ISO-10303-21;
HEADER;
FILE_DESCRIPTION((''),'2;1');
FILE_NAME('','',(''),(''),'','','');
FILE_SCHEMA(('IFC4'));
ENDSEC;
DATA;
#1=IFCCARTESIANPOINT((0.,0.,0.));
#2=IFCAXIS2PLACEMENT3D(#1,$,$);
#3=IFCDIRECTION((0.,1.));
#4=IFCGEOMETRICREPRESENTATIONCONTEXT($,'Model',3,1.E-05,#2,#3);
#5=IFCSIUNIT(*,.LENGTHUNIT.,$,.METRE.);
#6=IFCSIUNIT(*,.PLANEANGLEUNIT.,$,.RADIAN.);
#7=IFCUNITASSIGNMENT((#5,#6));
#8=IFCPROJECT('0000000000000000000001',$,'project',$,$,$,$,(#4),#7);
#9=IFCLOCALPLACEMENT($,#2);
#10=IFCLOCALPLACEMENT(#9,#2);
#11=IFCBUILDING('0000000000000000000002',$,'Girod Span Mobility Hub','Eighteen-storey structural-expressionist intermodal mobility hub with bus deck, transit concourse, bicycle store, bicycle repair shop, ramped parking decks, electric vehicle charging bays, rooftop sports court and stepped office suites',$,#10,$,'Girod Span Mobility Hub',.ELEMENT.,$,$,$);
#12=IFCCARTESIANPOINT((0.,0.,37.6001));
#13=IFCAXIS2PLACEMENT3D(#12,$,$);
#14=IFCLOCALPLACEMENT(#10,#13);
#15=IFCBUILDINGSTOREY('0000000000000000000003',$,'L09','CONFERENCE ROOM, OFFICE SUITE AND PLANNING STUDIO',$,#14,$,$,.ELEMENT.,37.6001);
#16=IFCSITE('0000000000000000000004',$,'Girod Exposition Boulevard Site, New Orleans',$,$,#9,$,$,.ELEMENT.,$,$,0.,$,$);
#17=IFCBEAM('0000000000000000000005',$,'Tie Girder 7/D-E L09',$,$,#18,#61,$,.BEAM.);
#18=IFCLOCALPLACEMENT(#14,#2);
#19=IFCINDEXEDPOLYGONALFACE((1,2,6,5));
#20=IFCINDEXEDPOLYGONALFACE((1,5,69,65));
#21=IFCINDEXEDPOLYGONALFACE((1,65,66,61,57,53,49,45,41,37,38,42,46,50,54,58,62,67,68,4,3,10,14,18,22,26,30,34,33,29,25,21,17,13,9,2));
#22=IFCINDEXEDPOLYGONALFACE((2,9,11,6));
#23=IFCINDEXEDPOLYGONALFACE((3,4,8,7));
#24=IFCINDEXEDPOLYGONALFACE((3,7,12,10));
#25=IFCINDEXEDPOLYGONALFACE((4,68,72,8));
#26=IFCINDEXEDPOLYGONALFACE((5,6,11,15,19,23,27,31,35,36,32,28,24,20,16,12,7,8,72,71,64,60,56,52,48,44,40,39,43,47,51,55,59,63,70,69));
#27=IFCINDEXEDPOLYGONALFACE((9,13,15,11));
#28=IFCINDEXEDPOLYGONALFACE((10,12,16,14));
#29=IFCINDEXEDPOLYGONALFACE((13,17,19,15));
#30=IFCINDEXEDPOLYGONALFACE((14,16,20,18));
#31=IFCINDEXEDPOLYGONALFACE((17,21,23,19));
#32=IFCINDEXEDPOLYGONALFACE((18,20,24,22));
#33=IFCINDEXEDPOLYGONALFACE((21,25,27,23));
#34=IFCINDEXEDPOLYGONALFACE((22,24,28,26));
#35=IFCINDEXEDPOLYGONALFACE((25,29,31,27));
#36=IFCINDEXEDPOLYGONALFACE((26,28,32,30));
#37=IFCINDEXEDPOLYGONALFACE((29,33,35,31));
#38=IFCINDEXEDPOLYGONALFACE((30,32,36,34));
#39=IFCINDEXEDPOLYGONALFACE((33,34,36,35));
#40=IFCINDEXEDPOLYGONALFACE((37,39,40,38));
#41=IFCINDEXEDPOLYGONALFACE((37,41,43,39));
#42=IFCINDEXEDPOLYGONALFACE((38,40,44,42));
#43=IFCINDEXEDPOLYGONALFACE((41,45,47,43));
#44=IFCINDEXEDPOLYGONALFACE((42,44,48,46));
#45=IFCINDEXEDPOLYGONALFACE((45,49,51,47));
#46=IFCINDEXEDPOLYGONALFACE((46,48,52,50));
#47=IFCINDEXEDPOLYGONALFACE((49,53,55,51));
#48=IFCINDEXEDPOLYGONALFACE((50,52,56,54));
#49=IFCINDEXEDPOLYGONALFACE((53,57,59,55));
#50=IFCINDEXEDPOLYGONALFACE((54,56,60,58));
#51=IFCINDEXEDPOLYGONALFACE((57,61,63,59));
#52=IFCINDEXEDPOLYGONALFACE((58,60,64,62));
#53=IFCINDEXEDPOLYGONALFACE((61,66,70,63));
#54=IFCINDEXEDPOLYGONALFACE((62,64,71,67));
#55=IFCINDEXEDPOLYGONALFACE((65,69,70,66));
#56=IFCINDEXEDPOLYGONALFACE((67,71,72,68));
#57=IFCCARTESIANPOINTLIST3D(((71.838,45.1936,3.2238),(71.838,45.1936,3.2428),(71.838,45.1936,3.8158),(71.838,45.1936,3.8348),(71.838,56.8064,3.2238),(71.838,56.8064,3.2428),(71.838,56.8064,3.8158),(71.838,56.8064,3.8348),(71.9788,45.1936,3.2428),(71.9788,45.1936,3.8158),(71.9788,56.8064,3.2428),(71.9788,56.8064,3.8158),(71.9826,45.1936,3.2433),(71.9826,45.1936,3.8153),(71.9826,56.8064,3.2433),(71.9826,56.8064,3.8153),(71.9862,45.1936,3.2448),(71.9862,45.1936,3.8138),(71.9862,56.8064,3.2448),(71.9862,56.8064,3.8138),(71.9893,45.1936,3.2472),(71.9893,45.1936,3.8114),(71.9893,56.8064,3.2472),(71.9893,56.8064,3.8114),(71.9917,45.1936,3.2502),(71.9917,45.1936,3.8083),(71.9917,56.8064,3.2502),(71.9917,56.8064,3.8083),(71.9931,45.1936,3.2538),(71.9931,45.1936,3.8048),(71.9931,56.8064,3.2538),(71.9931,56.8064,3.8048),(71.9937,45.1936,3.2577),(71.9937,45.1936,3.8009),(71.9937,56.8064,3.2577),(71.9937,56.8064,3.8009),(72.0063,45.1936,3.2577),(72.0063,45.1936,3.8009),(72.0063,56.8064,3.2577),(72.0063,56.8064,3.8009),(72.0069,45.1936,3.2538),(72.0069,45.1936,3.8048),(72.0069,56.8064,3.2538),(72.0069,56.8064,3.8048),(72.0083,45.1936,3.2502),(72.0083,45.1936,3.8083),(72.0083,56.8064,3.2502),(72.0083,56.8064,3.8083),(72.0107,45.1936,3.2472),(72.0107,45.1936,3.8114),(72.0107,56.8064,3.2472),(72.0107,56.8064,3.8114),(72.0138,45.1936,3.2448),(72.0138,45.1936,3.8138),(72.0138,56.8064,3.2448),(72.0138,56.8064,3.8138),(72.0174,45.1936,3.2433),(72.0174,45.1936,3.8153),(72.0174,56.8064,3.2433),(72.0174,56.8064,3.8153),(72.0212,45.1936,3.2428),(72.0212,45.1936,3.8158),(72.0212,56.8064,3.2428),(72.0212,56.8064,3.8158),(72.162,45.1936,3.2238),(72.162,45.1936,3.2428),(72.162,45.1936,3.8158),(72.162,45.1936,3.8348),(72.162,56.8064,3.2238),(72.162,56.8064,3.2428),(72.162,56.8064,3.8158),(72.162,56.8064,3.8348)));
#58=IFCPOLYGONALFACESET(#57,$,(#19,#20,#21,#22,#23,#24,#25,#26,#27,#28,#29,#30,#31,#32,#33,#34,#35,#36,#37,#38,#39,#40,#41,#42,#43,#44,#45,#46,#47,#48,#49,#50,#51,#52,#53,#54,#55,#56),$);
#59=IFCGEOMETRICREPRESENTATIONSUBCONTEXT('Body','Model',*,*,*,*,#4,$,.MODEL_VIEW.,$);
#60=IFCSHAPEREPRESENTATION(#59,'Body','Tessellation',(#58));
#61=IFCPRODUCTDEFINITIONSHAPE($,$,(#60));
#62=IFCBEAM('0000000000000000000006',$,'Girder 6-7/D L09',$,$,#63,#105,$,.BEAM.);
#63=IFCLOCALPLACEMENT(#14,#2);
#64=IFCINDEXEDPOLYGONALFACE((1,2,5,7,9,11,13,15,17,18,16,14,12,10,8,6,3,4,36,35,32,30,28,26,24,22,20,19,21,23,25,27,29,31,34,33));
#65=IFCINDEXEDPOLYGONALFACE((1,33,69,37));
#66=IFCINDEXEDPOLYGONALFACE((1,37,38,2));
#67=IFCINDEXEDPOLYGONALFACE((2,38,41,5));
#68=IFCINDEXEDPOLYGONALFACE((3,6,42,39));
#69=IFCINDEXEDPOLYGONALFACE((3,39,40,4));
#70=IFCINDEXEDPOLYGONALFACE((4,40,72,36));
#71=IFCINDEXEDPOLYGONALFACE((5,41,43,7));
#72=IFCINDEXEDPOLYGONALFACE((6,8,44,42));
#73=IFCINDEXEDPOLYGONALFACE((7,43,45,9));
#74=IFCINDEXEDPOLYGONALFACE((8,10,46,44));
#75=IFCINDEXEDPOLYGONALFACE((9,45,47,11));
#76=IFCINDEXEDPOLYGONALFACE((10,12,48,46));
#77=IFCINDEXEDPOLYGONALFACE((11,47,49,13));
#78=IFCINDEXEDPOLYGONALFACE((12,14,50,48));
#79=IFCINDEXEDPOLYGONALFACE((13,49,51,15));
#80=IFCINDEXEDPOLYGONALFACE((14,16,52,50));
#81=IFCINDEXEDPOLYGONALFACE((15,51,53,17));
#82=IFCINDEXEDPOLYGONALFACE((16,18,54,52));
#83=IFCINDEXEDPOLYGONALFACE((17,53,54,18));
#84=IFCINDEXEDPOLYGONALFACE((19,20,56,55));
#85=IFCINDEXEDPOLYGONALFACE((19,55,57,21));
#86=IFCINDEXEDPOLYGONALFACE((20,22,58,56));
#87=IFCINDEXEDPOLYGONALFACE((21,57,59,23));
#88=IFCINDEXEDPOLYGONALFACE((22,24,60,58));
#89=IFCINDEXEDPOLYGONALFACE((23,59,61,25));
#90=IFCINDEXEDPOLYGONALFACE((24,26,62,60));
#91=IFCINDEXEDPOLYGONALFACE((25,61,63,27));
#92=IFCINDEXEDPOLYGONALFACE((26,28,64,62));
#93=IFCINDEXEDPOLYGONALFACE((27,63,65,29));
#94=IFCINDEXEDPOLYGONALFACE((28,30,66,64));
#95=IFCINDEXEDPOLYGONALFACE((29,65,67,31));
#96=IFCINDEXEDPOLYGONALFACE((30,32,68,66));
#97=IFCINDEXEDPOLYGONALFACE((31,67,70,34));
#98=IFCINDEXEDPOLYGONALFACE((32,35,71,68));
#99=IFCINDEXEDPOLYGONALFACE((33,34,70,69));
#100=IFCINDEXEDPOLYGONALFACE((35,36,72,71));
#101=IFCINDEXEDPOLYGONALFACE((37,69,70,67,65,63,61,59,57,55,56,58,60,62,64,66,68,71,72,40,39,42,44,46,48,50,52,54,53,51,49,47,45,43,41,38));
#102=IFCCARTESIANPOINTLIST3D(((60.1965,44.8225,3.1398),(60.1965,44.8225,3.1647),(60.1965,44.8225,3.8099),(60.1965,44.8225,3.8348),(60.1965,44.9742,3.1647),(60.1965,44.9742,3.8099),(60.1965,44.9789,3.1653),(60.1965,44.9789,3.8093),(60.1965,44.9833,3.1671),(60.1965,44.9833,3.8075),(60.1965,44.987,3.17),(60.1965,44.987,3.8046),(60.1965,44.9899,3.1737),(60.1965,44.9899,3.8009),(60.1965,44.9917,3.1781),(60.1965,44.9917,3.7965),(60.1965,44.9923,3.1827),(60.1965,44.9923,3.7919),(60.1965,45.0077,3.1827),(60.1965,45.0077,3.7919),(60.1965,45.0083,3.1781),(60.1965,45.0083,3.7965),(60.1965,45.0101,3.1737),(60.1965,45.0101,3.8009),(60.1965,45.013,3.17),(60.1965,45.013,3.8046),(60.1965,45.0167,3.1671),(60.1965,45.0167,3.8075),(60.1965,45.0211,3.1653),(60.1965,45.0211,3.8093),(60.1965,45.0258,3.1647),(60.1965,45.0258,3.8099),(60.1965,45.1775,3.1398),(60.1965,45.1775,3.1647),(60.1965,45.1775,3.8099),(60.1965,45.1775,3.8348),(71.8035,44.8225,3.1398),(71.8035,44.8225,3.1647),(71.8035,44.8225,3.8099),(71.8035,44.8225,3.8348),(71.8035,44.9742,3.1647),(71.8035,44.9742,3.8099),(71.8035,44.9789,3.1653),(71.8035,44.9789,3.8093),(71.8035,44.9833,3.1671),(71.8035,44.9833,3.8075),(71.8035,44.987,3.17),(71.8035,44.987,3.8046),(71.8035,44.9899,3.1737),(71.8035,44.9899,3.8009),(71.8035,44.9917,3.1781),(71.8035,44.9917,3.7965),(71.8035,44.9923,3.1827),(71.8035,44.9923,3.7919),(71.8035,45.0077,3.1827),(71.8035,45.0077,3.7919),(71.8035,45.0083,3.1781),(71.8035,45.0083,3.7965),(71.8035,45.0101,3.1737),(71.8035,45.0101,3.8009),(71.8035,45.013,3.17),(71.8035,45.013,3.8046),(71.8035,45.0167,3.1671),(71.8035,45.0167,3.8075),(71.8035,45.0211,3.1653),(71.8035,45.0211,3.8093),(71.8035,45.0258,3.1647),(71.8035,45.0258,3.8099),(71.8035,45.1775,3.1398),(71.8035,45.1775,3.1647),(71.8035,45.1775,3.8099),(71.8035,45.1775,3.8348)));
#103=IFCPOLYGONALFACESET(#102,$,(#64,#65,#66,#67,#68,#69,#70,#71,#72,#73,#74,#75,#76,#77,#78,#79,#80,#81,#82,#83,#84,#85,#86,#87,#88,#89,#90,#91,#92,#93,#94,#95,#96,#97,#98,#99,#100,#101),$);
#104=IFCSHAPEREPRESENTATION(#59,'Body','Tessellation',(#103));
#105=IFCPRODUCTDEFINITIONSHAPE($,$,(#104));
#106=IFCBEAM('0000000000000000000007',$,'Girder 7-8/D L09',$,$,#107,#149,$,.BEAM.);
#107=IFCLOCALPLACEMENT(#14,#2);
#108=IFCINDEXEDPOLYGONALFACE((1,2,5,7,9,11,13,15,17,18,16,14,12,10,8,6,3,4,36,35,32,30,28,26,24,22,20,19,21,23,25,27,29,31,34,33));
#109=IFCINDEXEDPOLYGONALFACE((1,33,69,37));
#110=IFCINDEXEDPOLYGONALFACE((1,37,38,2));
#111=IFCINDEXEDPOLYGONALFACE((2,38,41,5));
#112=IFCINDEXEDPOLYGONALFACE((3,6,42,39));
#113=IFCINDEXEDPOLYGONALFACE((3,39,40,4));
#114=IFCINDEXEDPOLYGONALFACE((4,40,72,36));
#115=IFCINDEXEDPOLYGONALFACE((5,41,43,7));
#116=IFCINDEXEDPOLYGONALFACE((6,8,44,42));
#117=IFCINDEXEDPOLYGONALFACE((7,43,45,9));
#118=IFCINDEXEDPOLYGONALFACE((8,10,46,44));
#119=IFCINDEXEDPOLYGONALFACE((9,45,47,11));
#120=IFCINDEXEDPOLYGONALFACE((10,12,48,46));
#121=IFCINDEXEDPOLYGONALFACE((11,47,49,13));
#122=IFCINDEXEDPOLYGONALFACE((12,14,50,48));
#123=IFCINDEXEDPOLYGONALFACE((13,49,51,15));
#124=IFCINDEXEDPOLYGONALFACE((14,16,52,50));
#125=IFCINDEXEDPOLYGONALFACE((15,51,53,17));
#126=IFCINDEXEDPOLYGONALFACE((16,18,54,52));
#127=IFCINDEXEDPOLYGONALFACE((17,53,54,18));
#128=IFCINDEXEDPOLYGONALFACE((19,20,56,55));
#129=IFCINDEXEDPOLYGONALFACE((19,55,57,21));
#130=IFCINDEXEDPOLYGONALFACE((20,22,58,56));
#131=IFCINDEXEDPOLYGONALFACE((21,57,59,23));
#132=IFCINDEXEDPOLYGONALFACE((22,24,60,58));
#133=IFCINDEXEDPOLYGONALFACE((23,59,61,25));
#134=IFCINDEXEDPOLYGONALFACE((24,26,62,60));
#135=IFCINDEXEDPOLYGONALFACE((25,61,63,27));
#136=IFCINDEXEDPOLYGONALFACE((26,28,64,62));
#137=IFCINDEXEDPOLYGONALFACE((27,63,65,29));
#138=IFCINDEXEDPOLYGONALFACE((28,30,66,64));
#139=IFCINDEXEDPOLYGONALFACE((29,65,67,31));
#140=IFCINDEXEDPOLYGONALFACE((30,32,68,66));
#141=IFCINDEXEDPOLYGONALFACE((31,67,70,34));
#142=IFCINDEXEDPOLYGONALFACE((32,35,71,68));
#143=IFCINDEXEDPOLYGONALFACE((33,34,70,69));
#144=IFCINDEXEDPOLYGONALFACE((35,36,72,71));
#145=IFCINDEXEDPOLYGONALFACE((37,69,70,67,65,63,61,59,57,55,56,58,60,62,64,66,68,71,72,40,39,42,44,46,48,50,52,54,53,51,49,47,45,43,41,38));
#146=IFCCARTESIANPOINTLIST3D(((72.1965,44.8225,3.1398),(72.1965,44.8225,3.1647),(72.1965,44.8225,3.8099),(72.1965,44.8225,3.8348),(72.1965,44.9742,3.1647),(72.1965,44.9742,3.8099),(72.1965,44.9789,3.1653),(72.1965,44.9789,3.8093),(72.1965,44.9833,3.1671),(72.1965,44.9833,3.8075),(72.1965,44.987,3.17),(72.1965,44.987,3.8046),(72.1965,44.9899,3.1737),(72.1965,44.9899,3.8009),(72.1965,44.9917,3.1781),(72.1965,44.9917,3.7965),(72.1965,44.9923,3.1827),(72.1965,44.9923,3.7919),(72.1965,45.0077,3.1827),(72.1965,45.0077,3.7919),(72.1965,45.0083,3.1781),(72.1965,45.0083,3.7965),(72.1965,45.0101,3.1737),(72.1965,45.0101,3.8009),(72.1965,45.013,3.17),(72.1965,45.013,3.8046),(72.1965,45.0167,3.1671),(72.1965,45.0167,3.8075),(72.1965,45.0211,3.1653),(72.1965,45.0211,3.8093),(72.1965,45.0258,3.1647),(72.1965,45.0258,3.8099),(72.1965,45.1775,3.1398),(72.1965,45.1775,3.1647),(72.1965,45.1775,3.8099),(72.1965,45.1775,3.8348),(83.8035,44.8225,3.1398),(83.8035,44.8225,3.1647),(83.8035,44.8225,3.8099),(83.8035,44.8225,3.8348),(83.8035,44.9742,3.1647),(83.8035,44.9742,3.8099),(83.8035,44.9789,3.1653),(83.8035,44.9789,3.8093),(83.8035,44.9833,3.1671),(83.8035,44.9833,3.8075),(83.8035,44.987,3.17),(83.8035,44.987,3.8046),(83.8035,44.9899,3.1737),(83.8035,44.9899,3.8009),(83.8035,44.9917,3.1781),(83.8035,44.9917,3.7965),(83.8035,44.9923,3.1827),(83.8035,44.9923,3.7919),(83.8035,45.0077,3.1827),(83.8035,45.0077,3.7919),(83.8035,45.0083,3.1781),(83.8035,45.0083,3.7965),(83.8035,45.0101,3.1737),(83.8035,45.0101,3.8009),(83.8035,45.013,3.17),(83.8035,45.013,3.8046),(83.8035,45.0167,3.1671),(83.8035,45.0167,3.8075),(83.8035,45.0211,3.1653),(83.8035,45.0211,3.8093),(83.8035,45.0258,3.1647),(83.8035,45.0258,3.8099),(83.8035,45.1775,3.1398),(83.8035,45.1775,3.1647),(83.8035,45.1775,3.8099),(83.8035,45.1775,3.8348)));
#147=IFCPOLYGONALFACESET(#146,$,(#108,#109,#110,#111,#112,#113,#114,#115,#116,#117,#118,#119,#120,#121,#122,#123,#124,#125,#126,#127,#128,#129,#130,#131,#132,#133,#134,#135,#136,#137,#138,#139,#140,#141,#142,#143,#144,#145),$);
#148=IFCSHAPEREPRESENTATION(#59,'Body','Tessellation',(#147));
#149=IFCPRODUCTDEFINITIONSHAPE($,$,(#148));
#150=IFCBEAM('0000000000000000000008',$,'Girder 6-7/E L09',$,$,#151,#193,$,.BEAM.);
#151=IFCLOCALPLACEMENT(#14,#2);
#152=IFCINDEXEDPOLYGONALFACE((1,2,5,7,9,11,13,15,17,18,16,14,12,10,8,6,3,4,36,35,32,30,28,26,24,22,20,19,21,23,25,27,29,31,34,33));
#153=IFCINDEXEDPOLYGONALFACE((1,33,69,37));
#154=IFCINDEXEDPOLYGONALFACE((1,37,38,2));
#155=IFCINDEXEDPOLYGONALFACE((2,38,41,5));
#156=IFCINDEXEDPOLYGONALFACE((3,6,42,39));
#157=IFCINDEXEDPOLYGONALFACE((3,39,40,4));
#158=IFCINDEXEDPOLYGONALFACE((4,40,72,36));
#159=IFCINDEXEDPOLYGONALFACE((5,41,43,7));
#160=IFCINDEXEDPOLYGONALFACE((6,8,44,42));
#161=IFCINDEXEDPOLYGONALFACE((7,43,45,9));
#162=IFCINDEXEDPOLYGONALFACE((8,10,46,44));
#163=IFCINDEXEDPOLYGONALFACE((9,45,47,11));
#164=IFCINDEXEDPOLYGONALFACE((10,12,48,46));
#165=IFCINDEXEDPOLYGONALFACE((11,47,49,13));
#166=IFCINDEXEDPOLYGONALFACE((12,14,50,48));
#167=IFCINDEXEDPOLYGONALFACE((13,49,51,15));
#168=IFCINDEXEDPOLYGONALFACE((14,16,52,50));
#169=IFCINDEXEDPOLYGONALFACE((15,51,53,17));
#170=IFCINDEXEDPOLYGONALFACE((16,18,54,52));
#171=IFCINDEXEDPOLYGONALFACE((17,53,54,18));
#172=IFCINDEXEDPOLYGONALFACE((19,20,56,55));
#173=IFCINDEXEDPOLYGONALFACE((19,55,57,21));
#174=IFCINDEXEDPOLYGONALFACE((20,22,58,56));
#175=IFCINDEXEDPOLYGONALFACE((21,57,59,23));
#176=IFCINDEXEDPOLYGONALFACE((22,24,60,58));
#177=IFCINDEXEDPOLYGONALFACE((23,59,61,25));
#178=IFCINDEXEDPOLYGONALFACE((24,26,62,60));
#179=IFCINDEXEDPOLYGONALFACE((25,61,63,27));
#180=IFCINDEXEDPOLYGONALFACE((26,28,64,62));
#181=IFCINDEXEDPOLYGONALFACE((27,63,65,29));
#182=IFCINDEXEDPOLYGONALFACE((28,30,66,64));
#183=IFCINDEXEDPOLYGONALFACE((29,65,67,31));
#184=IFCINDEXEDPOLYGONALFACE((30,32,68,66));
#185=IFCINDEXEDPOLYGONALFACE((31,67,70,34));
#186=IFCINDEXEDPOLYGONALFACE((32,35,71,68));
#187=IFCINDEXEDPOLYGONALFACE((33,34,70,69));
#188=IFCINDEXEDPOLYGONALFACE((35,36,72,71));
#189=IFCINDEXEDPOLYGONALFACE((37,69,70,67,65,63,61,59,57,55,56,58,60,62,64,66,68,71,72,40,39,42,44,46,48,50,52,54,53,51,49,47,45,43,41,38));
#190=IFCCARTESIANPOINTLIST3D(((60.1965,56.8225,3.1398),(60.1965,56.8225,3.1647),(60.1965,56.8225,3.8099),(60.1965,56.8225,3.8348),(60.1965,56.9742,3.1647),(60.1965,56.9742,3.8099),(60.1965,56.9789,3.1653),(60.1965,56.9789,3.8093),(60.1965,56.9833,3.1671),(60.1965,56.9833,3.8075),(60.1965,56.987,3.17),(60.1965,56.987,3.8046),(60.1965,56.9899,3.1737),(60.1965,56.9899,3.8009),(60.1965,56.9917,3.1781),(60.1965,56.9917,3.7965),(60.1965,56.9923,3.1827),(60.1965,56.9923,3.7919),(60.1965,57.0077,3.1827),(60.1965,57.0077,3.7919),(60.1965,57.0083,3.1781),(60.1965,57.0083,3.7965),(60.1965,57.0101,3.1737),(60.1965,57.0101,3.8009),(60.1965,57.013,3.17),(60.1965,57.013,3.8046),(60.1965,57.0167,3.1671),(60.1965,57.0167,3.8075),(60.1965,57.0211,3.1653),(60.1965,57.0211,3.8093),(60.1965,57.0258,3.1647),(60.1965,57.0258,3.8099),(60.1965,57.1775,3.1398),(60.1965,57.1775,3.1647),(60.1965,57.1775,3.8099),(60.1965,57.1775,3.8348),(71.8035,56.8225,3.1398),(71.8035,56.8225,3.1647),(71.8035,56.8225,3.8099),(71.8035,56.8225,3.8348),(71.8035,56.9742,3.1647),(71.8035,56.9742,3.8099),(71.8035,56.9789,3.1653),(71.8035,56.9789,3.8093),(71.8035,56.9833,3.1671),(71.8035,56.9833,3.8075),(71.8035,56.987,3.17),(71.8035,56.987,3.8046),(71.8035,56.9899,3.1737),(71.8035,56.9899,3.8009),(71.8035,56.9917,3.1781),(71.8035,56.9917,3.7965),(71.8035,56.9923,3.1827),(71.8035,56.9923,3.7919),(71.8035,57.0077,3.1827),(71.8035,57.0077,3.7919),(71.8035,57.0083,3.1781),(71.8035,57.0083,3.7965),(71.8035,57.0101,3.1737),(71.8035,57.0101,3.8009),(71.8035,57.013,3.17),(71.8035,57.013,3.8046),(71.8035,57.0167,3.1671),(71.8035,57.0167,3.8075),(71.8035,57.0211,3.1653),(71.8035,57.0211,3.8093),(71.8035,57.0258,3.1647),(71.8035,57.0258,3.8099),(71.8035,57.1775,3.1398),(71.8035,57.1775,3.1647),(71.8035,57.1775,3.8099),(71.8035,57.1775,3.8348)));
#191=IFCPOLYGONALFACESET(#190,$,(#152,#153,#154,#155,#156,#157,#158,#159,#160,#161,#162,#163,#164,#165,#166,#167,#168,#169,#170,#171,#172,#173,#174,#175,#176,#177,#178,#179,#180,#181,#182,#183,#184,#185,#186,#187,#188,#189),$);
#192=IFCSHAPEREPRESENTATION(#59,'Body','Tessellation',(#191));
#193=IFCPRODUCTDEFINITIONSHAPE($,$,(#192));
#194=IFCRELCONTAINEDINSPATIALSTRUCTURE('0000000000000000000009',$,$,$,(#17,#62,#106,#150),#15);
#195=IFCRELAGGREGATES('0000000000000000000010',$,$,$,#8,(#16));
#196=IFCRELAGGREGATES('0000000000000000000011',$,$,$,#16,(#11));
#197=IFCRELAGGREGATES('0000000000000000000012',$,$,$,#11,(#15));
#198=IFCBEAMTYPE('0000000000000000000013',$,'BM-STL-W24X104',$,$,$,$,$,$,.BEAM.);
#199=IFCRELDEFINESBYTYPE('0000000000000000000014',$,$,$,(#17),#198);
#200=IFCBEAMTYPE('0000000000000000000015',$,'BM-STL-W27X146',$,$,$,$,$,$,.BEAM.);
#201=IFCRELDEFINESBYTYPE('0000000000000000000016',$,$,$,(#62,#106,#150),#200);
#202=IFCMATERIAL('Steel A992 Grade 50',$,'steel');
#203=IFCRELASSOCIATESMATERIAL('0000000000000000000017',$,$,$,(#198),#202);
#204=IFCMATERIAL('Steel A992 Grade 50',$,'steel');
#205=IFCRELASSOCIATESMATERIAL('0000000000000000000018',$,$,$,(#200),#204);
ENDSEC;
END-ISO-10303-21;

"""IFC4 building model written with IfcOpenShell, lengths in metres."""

from ifc_helpers import new_model, si_unit, direction, frame, origin, origin_2d, place, context, subcontext, project, spatial, i_section, extrude, material, material_profile, profile_set, type_object, element, save


model = new_model("IFC4")

# Units and contexts
model_context = context("Model", 3, precision=1e-05, world=origin(), true_north=direction((0.0, 1.0)))
body_context = subcontext(model_context, "Body", "Model", "MODEL_VIEW")
ifc_project = project(units=[si_unit("LENGTHUNIT", "METRE"), si_unit("PLANEANGLEUNIT", "RADIAN")], contexts=[model_context])

# Site, building, storey
site_placement = place(None, origin())
site = spatial("IfcSite", under=ifc_project, at=site_placement, Name="Girod Exposition Boulevard Site, New Orleans", CompositionType="ELEMENT", RefElevation=0.0)
building_placement = place(site_placement, origin())
building = spatial("IfcBuilding", under=site, at=building_placement, Name="Girod Span Mobility Hub", Description="Eighteen-storey structural-expressionist intermodal mobility hub with bus deck, transit concourse, bicycle store, bicycle repair shop, ramped parking decks, electric vehicle charging bays, rooftop sports court and stepped office suites", LongName="Girod Span Mobility Hub", CompositionType="ELEMENT")
storey_placement = place(building_placement, frame((0.0, 0.0, 37.6001)))
storey = spatial("IfcBuildingStorey", under=building, at=storey_placement, Name="L09", Description="CONFERENCE ROOM, OFFICE SUITE AND PLANNING STUDIO", CompositionType="ELEMENT", Elevation=37.6001)

# Beams
ifc_material_1 = material(Name="Steel A992 Grade 50", Category="steel")
ifc_material_profile_1 = material_profile(ifc_material_1, i_section(OverallWidth=0.324, OverallDepth=0.6111, WebThickness=0.0127, FlangeThickness=0.019, FilletRadius=0.0149, at=origin_2d()), Name="W24X104")
ifc_profile_set_1 = profile_set([ifc_material_profile_1], Name="Steel A992 Grade 50")
beam_type_1 = type_object("IfcBeamType", Name="BM-STL-W24X104", PredefinedType="BEAM", material=ifc_profile_set_1)
for number, where, z_axis, x_axis, name in (
    (1, (72.0, 45.1936, 3.5293), (0.0, 1.0, 0.0), (-1.0, 0.0, 0.0), "Tie Girder 7/D-E L09"),
):
    element("IfcBeam", number, at=place(storey_placement, frame(where, z_axis=z_axis, x_axis=x_axis)), inside=storey, type_object=beam_type_1, Name=name, PredefinedType="BEAM", context=body_context, shape_type="SweptSolid", body=[
        extrude(i_section(OverallWidth=0.324, OverallDepth=0.6111, WebThickness=0.0127, FlangeThickness=0.019, FilletRadius=0.0149, at=origin_2d()), origin(), (0.0, 0.0, 1.0), 11.6128),
    ])
ifc_material_2 = material(Name="Steel A992 Grade 50", Category="steel")
ifc_material_profile_2 = material_profile(ifc_material_2, i_section(OverallWidth=0.355, OverallDepth=0.6951, WebThickness=0.0154, FlangeThickness=0.0249, FilletRadius=0.0181, at=origin_2d()), Name="W27X146")
ifc_profile_set_2 = profile_set([ifc_material_profile_2], Name="Steel A992 Grade 50")
beam_type_2 = type_object("IfcBeamType", Name="BM-STL-W27X146", PredefinedType="BEAM", material=ifc_profile_set_2)
for number, where, z_axis, x_axis, name in (
    (2, (60.1965, 45.0, 3.4873), (1.0, 0.0, 0.0), (0.0, 1.0, 0.0), "Girder 6-7/D L09"),
    (3, (72.1965, 45.0, 3.4873), (1.0, 0.0, 0.0), (0.0, 1.0, 0.0), "Girder 7-8/D L09"),
    (4, (60.1965, 57.0, 3.4873), (1.0, 0.0, 0.0), (0.0, 1.0, 0.0), "Girder 6-7/E L09"),
):
    element("IfcBeam", number, at=place(storey_placement, frame(where, z_axis=z_axis, x_axis=x_axis)), inside=storey, type_object=beam_type_2, Name=name, PredefinedType="BEAM", context=body_context, shape_type="SweptSolid", body=[
        extrude(i_section(OverallWidth=0.355, OverallDepth=0.6951, WebThickness=0.0154, FlangeThickness=0.0249, FilletRadius=0.0181, at=origin_2d()), origin(), (0.0, 0.0, 1.0), 11.6069),
    ])

save(model, "model.ifc")
